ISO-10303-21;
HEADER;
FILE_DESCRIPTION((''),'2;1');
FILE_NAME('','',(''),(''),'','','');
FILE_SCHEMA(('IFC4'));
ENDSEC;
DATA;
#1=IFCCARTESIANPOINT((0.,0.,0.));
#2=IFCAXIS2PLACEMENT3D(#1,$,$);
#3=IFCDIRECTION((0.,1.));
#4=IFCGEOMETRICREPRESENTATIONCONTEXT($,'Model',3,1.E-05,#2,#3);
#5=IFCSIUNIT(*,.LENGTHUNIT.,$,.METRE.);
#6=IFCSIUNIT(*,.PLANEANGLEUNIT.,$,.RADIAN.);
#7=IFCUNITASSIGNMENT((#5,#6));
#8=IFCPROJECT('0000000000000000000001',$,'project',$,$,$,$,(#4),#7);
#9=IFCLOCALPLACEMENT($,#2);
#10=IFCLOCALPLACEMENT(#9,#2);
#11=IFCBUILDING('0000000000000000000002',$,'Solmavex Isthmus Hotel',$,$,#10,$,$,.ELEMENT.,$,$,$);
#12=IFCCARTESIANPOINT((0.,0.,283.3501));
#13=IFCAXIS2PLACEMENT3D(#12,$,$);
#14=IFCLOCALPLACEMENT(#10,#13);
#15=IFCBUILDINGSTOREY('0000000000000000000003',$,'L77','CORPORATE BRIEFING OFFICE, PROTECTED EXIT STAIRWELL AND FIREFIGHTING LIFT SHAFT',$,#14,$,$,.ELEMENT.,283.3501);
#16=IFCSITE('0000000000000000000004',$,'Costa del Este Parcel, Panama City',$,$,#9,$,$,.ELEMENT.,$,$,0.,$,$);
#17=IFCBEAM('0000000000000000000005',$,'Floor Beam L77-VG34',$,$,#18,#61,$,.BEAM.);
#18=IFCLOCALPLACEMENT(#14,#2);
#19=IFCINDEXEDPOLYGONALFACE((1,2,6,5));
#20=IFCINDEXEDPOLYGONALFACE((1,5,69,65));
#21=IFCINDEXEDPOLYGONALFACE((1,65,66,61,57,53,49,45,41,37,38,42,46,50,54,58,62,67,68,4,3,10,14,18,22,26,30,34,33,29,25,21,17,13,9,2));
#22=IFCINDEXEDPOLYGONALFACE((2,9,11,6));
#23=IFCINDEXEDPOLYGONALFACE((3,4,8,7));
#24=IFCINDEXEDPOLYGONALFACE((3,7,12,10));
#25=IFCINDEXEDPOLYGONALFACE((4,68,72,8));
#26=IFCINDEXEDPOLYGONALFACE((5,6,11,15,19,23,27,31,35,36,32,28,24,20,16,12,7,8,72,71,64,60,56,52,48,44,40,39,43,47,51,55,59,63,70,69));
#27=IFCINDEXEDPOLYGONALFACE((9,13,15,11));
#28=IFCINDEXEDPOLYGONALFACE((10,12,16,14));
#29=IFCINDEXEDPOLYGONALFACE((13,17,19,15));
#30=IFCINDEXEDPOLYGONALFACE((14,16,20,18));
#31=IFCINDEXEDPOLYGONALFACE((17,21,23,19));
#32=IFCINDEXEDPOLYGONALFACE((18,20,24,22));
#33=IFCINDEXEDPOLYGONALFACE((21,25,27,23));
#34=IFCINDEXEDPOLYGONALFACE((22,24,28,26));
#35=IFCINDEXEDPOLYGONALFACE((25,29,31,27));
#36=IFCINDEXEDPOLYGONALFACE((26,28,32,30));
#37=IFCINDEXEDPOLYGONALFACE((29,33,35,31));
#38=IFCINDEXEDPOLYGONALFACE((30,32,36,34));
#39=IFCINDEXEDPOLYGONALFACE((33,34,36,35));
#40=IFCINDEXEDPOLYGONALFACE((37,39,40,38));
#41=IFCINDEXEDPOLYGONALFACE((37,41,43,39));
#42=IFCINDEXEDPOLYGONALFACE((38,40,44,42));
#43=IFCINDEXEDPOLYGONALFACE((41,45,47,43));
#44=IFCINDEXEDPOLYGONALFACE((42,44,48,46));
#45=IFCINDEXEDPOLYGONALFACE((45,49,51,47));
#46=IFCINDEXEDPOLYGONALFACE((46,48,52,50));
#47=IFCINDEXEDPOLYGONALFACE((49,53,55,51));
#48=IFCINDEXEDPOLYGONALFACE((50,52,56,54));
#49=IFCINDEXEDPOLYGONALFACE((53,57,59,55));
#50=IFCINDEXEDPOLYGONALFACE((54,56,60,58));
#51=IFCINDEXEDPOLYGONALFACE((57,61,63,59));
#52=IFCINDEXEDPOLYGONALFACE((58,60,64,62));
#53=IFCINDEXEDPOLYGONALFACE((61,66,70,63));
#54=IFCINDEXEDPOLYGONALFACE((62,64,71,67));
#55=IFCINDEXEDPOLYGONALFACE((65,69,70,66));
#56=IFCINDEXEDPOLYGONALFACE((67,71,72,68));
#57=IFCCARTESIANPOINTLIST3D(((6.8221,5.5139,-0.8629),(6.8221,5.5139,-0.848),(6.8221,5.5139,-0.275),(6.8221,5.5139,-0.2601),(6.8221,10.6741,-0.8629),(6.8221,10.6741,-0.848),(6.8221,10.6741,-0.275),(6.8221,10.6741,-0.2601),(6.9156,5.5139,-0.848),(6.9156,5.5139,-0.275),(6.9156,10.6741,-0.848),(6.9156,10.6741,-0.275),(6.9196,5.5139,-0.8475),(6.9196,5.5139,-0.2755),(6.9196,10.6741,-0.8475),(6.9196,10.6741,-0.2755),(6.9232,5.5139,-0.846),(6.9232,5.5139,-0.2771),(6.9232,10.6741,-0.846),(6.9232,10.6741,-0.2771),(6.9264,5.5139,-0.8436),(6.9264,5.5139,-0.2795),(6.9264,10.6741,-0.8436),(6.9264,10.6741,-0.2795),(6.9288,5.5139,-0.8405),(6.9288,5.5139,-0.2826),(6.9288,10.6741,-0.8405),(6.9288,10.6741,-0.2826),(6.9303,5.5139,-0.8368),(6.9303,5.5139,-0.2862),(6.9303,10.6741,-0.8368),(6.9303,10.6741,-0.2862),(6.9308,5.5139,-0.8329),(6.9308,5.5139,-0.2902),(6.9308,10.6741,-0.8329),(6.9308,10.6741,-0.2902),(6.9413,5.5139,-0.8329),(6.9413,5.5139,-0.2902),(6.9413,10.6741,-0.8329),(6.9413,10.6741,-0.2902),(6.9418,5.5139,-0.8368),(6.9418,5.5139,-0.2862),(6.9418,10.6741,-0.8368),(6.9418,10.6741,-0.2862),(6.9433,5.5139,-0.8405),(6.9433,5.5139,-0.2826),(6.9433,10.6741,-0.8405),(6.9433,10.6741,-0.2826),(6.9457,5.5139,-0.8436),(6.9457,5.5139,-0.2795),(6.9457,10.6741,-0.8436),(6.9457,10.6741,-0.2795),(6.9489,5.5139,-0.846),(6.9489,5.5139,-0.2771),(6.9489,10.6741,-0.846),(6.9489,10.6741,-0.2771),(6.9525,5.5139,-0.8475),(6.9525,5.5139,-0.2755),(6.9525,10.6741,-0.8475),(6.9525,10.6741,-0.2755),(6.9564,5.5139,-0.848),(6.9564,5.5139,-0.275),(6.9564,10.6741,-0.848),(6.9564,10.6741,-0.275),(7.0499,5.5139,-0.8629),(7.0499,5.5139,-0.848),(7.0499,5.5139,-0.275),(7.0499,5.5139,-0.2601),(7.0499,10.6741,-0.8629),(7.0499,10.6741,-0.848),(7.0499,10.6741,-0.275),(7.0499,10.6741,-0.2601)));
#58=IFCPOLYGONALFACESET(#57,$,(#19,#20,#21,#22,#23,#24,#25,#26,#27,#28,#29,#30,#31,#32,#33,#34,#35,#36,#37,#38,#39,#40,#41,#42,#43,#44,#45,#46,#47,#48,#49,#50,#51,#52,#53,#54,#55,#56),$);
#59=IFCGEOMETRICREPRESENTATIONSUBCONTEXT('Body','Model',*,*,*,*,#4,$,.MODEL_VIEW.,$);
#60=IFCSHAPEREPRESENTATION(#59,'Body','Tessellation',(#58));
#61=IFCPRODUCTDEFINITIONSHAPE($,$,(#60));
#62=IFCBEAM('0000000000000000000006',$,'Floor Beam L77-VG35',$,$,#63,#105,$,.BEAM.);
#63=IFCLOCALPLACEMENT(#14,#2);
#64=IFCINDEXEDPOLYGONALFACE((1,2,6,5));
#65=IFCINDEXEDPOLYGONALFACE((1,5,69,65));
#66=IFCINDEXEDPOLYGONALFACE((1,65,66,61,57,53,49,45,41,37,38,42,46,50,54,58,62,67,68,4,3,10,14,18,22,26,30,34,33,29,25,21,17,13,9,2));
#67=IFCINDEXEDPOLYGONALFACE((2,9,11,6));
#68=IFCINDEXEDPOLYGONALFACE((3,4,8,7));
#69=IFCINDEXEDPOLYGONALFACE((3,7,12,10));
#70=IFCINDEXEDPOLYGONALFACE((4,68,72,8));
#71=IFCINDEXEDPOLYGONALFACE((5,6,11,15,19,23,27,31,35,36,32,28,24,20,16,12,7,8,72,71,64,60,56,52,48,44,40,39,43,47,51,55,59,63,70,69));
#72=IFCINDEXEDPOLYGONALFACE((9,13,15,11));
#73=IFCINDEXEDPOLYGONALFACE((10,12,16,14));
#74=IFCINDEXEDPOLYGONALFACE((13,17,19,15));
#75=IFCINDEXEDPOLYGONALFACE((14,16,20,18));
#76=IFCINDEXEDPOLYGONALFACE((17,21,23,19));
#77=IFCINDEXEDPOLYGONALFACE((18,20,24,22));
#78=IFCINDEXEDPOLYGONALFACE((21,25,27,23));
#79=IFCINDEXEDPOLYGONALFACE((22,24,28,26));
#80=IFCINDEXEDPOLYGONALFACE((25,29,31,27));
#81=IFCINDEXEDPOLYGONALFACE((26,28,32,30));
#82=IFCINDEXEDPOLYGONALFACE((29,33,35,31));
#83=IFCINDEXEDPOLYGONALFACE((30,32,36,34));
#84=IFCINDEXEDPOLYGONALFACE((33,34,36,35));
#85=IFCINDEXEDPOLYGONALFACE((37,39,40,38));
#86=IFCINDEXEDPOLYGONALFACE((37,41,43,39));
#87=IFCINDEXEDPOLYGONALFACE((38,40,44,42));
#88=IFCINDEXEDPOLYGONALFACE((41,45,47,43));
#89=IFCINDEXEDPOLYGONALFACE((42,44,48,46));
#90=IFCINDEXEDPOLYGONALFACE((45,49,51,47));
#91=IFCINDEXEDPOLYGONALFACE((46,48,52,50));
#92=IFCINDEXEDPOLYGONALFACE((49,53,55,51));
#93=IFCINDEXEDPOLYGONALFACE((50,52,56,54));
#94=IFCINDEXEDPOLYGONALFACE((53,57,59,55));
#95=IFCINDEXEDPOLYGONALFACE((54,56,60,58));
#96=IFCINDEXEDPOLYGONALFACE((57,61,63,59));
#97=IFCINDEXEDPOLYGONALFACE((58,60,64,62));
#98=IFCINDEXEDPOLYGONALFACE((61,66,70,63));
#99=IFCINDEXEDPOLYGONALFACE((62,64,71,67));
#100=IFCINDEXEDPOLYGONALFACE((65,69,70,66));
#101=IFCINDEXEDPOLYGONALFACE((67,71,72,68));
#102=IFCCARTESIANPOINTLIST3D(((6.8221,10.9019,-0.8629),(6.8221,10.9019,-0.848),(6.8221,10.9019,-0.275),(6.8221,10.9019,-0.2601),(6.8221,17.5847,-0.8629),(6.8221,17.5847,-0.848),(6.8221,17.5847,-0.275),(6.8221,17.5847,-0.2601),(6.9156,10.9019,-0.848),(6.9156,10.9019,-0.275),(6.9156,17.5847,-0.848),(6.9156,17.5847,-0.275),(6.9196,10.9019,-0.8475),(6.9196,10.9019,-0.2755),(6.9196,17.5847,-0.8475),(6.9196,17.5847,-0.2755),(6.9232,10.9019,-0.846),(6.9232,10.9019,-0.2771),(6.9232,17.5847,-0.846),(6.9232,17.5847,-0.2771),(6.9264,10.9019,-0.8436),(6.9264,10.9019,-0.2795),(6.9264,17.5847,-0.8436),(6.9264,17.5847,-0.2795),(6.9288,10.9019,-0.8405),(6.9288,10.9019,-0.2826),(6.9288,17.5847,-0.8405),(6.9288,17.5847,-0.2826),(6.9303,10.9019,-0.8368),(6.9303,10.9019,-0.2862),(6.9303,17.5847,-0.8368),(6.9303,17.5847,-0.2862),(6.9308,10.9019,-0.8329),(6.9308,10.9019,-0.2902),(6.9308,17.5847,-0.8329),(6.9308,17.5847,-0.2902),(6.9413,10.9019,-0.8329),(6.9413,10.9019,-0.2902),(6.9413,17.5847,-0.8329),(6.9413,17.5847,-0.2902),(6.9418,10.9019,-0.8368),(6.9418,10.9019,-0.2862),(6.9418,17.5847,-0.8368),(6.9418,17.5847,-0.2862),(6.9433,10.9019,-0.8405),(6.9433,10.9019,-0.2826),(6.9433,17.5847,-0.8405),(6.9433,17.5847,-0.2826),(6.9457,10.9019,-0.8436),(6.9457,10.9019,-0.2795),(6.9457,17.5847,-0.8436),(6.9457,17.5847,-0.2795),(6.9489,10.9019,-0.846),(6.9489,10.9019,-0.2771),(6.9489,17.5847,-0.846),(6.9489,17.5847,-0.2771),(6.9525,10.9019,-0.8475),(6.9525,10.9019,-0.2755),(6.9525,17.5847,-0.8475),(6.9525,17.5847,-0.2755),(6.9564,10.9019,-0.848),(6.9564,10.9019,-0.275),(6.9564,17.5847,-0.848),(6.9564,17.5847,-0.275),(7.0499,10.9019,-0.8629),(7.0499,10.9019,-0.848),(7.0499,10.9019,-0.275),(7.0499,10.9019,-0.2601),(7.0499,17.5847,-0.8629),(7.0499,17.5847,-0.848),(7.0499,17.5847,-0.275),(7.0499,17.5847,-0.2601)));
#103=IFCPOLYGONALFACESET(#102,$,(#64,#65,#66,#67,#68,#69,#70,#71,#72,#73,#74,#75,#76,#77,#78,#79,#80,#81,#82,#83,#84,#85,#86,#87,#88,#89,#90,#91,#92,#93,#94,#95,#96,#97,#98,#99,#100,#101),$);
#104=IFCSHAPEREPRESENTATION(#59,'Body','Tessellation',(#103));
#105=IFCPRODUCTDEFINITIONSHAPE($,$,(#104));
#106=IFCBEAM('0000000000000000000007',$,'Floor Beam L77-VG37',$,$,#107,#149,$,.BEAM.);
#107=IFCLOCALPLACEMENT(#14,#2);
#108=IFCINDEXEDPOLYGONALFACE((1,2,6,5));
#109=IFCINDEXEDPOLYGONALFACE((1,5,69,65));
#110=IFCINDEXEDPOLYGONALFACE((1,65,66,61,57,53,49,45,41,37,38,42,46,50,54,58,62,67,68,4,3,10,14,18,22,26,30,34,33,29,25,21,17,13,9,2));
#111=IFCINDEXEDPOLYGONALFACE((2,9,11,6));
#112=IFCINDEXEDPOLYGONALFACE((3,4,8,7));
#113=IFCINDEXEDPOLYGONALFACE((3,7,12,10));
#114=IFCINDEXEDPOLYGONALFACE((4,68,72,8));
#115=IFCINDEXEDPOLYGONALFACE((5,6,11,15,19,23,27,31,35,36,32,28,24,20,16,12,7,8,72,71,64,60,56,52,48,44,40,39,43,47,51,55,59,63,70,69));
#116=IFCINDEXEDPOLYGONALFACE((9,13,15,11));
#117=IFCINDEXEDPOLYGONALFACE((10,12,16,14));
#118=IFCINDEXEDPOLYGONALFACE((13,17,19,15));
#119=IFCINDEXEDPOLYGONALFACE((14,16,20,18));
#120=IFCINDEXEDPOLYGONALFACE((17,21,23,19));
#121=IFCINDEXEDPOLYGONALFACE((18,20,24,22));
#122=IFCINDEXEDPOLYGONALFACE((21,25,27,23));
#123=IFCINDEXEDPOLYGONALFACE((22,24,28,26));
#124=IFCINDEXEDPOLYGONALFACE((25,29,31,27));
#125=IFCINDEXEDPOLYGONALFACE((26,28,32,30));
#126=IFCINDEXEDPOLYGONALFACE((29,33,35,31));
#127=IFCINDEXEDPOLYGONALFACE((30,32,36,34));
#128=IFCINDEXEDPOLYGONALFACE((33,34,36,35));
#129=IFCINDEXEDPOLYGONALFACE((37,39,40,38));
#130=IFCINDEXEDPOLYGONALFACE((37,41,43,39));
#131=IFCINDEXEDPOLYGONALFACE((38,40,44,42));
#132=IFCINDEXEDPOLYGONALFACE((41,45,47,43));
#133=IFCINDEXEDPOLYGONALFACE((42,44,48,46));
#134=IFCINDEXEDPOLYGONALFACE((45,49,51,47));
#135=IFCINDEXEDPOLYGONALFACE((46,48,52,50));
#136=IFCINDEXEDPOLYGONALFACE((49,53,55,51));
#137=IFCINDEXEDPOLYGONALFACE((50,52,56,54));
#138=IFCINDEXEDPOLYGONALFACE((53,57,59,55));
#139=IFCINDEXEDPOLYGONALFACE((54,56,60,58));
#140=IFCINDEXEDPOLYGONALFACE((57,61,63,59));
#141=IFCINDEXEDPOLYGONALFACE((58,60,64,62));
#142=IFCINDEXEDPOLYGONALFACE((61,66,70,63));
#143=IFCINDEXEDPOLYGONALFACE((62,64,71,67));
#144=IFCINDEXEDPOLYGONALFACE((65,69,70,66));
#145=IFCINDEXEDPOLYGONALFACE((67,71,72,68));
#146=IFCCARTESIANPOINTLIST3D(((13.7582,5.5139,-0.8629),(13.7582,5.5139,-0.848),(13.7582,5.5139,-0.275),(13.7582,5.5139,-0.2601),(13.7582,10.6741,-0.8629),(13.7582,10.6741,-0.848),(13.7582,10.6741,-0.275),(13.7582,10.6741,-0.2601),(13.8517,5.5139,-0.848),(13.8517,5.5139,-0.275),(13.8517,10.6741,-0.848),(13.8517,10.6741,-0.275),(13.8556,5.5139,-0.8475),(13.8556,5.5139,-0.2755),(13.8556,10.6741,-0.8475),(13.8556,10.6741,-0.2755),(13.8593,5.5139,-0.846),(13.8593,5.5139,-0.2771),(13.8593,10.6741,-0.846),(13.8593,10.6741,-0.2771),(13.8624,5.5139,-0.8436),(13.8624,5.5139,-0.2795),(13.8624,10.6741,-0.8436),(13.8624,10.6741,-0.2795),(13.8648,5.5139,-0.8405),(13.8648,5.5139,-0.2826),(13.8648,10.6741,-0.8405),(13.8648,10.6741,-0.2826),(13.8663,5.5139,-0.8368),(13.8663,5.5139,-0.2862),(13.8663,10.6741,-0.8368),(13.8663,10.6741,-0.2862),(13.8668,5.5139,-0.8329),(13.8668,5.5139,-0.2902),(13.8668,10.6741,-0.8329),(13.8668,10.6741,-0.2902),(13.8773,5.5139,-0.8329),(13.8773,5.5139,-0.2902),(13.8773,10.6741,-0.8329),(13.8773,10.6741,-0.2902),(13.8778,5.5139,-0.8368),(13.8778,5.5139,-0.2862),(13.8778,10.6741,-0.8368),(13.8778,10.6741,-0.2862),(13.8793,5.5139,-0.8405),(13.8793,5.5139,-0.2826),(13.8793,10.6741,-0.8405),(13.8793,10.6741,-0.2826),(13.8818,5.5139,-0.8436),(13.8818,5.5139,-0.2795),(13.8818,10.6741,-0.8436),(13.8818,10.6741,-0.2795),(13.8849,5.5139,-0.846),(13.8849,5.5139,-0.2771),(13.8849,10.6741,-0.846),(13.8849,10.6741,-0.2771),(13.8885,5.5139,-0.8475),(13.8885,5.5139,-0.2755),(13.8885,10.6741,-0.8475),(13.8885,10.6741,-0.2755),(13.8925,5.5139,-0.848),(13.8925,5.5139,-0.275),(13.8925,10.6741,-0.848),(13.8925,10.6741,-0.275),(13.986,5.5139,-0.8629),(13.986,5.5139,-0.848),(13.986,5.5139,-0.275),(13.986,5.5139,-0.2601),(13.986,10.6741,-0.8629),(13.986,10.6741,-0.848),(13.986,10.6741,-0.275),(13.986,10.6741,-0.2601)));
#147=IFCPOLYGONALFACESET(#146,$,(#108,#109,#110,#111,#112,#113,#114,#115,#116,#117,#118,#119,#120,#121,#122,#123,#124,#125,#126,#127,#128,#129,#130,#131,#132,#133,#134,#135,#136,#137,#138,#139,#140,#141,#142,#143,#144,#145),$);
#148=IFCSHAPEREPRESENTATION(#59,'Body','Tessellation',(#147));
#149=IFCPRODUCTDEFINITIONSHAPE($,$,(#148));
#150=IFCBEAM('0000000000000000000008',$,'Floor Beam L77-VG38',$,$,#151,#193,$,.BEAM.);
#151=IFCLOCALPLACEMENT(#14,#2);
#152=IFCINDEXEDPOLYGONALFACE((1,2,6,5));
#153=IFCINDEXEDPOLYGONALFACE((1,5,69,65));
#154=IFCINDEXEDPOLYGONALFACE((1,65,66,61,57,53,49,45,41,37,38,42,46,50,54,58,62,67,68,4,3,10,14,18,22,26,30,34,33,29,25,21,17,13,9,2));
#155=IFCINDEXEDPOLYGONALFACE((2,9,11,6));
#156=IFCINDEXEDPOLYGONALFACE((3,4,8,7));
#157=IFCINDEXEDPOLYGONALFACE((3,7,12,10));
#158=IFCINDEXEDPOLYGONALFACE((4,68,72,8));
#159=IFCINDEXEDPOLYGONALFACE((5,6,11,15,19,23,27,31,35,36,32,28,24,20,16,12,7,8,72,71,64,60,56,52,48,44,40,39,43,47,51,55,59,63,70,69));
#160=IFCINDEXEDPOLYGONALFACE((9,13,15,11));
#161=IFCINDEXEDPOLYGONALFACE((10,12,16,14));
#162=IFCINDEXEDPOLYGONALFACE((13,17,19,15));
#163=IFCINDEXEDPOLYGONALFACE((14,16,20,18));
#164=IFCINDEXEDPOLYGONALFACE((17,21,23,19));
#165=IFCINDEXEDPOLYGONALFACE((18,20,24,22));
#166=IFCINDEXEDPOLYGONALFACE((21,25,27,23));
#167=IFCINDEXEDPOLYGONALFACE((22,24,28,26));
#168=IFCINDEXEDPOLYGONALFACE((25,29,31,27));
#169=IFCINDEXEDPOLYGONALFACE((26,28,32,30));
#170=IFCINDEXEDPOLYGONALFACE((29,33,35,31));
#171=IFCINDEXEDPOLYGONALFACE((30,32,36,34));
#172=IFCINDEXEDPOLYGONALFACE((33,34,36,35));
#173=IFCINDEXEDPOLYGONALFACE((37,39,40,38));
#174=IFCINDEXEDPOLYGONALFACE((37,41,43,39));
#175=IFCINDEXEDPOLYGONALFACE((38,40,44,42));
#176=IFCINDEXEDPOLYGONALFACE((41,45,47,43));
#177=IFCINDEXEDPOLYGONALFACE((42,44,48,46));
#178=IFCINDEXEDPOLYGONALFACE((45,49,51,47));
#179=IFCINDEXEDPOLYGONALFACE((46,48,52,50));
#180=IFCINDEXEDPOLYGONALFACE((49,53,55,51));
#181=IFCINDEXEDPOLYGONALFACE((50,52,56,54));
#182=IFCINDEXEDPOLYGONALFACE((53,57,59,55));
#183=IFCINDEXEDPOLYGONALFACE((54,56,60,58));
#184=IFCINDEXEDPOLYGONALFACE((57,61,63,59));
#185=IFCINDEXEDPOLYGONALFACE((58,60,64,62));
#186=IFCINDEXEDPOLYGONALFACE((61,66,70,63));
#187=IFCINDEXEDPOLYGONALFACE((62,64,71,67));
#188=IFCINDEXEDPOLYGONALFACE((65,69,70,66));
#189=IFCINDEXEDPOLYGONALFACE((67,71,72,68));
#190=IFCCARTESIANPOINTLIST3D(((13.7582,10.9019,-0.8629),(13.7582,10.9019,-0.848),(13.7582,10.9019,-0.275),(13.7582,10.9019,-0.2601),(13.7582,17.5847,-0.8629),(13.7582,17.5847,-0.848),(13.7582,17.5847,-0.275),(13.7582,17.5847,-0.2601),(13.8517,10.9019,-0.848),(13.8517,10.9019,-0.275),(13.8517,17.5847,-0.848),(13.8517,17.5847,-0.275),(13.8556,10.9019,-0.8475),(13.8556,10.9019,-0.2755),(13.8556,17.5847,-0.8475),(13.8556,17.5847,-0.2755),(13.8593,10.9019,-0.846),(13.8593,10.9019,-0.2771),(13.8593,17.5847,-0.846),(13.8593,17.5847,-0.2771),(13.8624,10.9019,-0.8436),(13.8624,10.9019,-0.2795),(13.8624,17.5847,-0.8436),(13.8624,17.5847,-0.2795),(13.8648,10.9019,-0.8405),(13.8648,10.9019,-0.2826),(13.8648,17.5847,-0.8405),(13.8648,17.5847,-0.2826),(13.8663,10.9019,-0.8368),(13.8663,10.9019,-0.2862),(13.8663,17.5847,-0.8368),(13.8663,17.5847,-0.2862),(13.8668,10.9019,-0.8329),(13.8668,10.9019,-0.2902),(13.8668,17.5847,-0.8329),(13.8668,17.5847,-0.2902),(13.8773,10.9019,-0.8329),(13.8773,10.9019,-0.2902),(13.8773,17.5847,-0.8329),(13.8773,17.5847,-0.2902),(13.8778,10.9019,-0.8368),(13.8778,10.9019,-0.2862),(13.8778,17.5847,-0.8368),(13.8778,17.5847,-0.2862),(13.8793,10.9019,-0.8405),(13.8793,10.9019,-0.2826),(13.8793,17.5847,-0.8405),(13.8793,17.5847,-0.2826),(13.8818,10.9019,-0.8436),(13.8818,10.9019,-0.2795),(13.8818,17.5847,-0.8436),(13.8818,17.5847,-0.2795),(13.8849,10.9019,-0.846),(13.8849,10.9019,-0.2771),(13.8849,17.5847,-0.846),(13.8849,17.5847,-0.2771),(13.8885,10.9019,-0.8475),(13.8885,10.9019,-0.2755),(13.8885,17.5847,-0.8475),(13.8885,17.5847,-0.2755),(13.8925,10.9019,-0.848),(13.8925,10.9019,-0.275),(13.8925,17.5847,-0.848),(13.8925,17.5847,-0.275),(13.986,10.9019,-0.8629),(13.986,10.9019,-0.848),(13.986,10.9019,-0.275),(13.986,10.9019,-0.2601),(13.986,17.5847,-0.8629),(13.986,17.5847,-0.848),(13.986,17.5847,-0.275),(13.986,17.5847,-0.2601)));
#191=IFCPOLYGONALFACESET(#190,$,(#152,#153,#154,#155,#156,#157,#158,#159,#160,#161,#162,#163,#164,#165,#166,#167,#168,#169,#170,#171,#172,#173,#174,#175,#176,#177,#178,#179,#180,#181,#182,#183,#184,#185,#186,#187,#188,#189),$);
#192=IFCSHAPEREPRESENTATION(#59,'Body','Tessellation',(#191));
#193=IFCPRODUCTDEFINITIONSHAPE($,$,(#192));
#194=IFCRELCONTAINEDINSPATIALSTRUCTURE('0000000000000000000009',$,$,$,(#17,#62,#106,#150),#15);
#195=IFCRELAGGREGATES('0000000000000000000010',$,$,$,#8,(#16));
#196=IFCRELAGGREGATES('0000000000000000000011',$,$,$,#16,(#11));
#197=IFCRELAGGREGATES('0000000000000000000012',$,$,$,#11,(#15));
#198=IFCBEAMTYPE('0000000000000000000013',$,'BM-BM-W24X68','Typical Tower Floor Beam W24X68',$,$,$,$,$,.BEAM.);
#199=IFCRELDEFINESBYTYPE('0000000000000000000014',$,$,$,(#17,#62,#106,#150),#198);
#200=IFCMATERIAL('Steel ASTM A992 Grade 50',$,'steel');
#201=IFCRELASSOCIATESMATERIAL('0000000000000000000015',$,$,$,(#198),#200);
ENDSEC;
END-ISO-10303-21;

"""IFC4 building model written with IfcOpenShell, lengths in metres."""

from ifc_helpers import new_model, si_unit, direction, frame, origin, origin_2d, place, context, subcontext, project, spatial, i_section, extrude, material, material_profile, profile_set, type_object, element, save


model = new_model("IFC4")

# Units and contexts
model_context = context("Model", 3, precision=1e-05, world=origin(), true_north=direction((0.0, 1.0)))
body_context = subcontext(model_context, "Body", "Model", "MODEL_VIEW")
ifc_project = project(units=[si_unit("LENGTHUNIT", "METRE"), si_unit("PLANEANGLEUNIT", "RADIAN")], contexts=[model_context])

# Site, building, storey
site_placement = place(None, origin())
site = spatial("IfcSite", under=ifc_project, at=site_placement, Name="Costa del Este Parcel, Panama City", CompositionType="ELEMENT", RefElevation=0.0)
building_placement = place(site_placement, origin())
building = spatial("IfcBuilding", under=site, at=building_placement, Name="Solmavex Isthmus Hotel", CompositionType="ELEMENT")
storey_placement = place(building_placement, frame((0.0, 0.0, 283.3501)))
storey = spatial("IfcBuildingStorey", under=building, at=storey_placement, Name="L77", Description="CORPORATE BRIEFING OFFICE, PROTECTED EXIT STAIRWELL AND FIREFIGHTING LIFT SHAFT", CompositionType="ELEMENT", Elevation=283.3501)

# Beams
ifc_material_1 = material(Name="Steel ASTM A992 Grade 50", Category="steel")
ifc_material_profile_1 = material_profile(ifc_material_1, i_section(OverallWidth=0.2278, OverallDepth=0.6028, WebThickness=0.0105, FlangeThickness=0.0149, FilletRadius=0.0151, at=origin_2d()), Name="W24X68")
ifc_profile_set_1 = profile_set([ifc_material_profile_1], Name="Steel ASTM A992 Grade 50")
beam_type_1 = type_object("IfcBeamType", Name="BM-BM-W24X68", Description="Typical Tower Floor Beam W24X68", PredefinedType="BEAM", material=ifc_profile_set_1)
beam_1_placement = place(storey_placement, frame((6.936, 5.5139, -0.5615), z_axis=(0.0, 1.0, 0.0), x_axis=(-1.0, 0.0, 0.0)))
element("IfcBeam", 1, at=beam_1_placement, inside=storey, type_object=beam_type_1, Name="Floor Beam L77-VG34", PredefinedType="BEAM", context=body_context, shape_type="SweptSolid", body=[
    extrude(i_section(OverallWidth=0.2278, OverallDepth=0.6028, WebThickness=0.0105, FlangeThickness=0.0149, FilletRadius=0.0151, at=origin_2d()), origin(), (0.0, 0.0, 1.0), 5.1602),
])
beam_2_placement = place(storey_placement, frame((6.936, 10.9019, -0.5615), z_axis=(0.0, 1.0, 0.0), x_axis=(-1.0, 0.0, 0.0)))
element("IfcBeam", 2, at=beam_2_placement, inside=storey, type_object=beam_type_1, Name="Floor Beam L77-VG35", PredefinedType="BEAM", context=body_context, shape_type="SweptSolid", body=[
    extrude(i_section(OverallWidth=0.2278, OverallDepth=0.6028, WebThickness=0.0105, FlangeThickness=0.0149, FilletRadius=0.0151, at=origin_2d()), origin(), (0.0, 0.0, 1.0), 6.6829),
])
beam_3_placement = place(storey_placement, frame((13.8721, 5.5139, -0.5615), z_axis=(0.0, 1.0, 0.0), x_axis=(-1.0, 0.0, 0.0)))
element("IfcBeam", 3, at=beam_3_placement, inside=storey, type_object=beam_type_1, Name="Floor Beam L77-VG37", PredefinedType="BEAM", context=body_context, shape_type="SweptSolid", body=[
    extrude(i_section(OverallWidth=0.2278, OverallDepth=0.6028, WebThickness=0.0105, FlangeThickness=0.0149, FilletRadius=0.0151, at=origin_2d()), origin(), (0.0, 0.0, 1.0), 5.1602),
])
beam_4_placement = place(storey_placement, frame((13.8721, 10.9019, -0.5615), z_axis=(0.0, 1.0, 0.0), x_axis=(-1.0, 0.0, 0.0)))
element("IfcBeam", 4, at=beam_4_placement, inside=storey, type_object=beam_type_1, Name="Floor Beam L77-VG38", PredefinedType="BEAM", context=body_context, shape_type="SweptSolid", body=[
    extrude(i_section(OverallWidth=0.2278, OverallDepth=0.6028, WebThickness=0.0105, FlangeThickness=0.0149, FilletRadius=0.0151, at=origin_2d()), origin(), (0.0, 0.0, 1.0), 6.6829),
])

save(model, "model.ifc")
